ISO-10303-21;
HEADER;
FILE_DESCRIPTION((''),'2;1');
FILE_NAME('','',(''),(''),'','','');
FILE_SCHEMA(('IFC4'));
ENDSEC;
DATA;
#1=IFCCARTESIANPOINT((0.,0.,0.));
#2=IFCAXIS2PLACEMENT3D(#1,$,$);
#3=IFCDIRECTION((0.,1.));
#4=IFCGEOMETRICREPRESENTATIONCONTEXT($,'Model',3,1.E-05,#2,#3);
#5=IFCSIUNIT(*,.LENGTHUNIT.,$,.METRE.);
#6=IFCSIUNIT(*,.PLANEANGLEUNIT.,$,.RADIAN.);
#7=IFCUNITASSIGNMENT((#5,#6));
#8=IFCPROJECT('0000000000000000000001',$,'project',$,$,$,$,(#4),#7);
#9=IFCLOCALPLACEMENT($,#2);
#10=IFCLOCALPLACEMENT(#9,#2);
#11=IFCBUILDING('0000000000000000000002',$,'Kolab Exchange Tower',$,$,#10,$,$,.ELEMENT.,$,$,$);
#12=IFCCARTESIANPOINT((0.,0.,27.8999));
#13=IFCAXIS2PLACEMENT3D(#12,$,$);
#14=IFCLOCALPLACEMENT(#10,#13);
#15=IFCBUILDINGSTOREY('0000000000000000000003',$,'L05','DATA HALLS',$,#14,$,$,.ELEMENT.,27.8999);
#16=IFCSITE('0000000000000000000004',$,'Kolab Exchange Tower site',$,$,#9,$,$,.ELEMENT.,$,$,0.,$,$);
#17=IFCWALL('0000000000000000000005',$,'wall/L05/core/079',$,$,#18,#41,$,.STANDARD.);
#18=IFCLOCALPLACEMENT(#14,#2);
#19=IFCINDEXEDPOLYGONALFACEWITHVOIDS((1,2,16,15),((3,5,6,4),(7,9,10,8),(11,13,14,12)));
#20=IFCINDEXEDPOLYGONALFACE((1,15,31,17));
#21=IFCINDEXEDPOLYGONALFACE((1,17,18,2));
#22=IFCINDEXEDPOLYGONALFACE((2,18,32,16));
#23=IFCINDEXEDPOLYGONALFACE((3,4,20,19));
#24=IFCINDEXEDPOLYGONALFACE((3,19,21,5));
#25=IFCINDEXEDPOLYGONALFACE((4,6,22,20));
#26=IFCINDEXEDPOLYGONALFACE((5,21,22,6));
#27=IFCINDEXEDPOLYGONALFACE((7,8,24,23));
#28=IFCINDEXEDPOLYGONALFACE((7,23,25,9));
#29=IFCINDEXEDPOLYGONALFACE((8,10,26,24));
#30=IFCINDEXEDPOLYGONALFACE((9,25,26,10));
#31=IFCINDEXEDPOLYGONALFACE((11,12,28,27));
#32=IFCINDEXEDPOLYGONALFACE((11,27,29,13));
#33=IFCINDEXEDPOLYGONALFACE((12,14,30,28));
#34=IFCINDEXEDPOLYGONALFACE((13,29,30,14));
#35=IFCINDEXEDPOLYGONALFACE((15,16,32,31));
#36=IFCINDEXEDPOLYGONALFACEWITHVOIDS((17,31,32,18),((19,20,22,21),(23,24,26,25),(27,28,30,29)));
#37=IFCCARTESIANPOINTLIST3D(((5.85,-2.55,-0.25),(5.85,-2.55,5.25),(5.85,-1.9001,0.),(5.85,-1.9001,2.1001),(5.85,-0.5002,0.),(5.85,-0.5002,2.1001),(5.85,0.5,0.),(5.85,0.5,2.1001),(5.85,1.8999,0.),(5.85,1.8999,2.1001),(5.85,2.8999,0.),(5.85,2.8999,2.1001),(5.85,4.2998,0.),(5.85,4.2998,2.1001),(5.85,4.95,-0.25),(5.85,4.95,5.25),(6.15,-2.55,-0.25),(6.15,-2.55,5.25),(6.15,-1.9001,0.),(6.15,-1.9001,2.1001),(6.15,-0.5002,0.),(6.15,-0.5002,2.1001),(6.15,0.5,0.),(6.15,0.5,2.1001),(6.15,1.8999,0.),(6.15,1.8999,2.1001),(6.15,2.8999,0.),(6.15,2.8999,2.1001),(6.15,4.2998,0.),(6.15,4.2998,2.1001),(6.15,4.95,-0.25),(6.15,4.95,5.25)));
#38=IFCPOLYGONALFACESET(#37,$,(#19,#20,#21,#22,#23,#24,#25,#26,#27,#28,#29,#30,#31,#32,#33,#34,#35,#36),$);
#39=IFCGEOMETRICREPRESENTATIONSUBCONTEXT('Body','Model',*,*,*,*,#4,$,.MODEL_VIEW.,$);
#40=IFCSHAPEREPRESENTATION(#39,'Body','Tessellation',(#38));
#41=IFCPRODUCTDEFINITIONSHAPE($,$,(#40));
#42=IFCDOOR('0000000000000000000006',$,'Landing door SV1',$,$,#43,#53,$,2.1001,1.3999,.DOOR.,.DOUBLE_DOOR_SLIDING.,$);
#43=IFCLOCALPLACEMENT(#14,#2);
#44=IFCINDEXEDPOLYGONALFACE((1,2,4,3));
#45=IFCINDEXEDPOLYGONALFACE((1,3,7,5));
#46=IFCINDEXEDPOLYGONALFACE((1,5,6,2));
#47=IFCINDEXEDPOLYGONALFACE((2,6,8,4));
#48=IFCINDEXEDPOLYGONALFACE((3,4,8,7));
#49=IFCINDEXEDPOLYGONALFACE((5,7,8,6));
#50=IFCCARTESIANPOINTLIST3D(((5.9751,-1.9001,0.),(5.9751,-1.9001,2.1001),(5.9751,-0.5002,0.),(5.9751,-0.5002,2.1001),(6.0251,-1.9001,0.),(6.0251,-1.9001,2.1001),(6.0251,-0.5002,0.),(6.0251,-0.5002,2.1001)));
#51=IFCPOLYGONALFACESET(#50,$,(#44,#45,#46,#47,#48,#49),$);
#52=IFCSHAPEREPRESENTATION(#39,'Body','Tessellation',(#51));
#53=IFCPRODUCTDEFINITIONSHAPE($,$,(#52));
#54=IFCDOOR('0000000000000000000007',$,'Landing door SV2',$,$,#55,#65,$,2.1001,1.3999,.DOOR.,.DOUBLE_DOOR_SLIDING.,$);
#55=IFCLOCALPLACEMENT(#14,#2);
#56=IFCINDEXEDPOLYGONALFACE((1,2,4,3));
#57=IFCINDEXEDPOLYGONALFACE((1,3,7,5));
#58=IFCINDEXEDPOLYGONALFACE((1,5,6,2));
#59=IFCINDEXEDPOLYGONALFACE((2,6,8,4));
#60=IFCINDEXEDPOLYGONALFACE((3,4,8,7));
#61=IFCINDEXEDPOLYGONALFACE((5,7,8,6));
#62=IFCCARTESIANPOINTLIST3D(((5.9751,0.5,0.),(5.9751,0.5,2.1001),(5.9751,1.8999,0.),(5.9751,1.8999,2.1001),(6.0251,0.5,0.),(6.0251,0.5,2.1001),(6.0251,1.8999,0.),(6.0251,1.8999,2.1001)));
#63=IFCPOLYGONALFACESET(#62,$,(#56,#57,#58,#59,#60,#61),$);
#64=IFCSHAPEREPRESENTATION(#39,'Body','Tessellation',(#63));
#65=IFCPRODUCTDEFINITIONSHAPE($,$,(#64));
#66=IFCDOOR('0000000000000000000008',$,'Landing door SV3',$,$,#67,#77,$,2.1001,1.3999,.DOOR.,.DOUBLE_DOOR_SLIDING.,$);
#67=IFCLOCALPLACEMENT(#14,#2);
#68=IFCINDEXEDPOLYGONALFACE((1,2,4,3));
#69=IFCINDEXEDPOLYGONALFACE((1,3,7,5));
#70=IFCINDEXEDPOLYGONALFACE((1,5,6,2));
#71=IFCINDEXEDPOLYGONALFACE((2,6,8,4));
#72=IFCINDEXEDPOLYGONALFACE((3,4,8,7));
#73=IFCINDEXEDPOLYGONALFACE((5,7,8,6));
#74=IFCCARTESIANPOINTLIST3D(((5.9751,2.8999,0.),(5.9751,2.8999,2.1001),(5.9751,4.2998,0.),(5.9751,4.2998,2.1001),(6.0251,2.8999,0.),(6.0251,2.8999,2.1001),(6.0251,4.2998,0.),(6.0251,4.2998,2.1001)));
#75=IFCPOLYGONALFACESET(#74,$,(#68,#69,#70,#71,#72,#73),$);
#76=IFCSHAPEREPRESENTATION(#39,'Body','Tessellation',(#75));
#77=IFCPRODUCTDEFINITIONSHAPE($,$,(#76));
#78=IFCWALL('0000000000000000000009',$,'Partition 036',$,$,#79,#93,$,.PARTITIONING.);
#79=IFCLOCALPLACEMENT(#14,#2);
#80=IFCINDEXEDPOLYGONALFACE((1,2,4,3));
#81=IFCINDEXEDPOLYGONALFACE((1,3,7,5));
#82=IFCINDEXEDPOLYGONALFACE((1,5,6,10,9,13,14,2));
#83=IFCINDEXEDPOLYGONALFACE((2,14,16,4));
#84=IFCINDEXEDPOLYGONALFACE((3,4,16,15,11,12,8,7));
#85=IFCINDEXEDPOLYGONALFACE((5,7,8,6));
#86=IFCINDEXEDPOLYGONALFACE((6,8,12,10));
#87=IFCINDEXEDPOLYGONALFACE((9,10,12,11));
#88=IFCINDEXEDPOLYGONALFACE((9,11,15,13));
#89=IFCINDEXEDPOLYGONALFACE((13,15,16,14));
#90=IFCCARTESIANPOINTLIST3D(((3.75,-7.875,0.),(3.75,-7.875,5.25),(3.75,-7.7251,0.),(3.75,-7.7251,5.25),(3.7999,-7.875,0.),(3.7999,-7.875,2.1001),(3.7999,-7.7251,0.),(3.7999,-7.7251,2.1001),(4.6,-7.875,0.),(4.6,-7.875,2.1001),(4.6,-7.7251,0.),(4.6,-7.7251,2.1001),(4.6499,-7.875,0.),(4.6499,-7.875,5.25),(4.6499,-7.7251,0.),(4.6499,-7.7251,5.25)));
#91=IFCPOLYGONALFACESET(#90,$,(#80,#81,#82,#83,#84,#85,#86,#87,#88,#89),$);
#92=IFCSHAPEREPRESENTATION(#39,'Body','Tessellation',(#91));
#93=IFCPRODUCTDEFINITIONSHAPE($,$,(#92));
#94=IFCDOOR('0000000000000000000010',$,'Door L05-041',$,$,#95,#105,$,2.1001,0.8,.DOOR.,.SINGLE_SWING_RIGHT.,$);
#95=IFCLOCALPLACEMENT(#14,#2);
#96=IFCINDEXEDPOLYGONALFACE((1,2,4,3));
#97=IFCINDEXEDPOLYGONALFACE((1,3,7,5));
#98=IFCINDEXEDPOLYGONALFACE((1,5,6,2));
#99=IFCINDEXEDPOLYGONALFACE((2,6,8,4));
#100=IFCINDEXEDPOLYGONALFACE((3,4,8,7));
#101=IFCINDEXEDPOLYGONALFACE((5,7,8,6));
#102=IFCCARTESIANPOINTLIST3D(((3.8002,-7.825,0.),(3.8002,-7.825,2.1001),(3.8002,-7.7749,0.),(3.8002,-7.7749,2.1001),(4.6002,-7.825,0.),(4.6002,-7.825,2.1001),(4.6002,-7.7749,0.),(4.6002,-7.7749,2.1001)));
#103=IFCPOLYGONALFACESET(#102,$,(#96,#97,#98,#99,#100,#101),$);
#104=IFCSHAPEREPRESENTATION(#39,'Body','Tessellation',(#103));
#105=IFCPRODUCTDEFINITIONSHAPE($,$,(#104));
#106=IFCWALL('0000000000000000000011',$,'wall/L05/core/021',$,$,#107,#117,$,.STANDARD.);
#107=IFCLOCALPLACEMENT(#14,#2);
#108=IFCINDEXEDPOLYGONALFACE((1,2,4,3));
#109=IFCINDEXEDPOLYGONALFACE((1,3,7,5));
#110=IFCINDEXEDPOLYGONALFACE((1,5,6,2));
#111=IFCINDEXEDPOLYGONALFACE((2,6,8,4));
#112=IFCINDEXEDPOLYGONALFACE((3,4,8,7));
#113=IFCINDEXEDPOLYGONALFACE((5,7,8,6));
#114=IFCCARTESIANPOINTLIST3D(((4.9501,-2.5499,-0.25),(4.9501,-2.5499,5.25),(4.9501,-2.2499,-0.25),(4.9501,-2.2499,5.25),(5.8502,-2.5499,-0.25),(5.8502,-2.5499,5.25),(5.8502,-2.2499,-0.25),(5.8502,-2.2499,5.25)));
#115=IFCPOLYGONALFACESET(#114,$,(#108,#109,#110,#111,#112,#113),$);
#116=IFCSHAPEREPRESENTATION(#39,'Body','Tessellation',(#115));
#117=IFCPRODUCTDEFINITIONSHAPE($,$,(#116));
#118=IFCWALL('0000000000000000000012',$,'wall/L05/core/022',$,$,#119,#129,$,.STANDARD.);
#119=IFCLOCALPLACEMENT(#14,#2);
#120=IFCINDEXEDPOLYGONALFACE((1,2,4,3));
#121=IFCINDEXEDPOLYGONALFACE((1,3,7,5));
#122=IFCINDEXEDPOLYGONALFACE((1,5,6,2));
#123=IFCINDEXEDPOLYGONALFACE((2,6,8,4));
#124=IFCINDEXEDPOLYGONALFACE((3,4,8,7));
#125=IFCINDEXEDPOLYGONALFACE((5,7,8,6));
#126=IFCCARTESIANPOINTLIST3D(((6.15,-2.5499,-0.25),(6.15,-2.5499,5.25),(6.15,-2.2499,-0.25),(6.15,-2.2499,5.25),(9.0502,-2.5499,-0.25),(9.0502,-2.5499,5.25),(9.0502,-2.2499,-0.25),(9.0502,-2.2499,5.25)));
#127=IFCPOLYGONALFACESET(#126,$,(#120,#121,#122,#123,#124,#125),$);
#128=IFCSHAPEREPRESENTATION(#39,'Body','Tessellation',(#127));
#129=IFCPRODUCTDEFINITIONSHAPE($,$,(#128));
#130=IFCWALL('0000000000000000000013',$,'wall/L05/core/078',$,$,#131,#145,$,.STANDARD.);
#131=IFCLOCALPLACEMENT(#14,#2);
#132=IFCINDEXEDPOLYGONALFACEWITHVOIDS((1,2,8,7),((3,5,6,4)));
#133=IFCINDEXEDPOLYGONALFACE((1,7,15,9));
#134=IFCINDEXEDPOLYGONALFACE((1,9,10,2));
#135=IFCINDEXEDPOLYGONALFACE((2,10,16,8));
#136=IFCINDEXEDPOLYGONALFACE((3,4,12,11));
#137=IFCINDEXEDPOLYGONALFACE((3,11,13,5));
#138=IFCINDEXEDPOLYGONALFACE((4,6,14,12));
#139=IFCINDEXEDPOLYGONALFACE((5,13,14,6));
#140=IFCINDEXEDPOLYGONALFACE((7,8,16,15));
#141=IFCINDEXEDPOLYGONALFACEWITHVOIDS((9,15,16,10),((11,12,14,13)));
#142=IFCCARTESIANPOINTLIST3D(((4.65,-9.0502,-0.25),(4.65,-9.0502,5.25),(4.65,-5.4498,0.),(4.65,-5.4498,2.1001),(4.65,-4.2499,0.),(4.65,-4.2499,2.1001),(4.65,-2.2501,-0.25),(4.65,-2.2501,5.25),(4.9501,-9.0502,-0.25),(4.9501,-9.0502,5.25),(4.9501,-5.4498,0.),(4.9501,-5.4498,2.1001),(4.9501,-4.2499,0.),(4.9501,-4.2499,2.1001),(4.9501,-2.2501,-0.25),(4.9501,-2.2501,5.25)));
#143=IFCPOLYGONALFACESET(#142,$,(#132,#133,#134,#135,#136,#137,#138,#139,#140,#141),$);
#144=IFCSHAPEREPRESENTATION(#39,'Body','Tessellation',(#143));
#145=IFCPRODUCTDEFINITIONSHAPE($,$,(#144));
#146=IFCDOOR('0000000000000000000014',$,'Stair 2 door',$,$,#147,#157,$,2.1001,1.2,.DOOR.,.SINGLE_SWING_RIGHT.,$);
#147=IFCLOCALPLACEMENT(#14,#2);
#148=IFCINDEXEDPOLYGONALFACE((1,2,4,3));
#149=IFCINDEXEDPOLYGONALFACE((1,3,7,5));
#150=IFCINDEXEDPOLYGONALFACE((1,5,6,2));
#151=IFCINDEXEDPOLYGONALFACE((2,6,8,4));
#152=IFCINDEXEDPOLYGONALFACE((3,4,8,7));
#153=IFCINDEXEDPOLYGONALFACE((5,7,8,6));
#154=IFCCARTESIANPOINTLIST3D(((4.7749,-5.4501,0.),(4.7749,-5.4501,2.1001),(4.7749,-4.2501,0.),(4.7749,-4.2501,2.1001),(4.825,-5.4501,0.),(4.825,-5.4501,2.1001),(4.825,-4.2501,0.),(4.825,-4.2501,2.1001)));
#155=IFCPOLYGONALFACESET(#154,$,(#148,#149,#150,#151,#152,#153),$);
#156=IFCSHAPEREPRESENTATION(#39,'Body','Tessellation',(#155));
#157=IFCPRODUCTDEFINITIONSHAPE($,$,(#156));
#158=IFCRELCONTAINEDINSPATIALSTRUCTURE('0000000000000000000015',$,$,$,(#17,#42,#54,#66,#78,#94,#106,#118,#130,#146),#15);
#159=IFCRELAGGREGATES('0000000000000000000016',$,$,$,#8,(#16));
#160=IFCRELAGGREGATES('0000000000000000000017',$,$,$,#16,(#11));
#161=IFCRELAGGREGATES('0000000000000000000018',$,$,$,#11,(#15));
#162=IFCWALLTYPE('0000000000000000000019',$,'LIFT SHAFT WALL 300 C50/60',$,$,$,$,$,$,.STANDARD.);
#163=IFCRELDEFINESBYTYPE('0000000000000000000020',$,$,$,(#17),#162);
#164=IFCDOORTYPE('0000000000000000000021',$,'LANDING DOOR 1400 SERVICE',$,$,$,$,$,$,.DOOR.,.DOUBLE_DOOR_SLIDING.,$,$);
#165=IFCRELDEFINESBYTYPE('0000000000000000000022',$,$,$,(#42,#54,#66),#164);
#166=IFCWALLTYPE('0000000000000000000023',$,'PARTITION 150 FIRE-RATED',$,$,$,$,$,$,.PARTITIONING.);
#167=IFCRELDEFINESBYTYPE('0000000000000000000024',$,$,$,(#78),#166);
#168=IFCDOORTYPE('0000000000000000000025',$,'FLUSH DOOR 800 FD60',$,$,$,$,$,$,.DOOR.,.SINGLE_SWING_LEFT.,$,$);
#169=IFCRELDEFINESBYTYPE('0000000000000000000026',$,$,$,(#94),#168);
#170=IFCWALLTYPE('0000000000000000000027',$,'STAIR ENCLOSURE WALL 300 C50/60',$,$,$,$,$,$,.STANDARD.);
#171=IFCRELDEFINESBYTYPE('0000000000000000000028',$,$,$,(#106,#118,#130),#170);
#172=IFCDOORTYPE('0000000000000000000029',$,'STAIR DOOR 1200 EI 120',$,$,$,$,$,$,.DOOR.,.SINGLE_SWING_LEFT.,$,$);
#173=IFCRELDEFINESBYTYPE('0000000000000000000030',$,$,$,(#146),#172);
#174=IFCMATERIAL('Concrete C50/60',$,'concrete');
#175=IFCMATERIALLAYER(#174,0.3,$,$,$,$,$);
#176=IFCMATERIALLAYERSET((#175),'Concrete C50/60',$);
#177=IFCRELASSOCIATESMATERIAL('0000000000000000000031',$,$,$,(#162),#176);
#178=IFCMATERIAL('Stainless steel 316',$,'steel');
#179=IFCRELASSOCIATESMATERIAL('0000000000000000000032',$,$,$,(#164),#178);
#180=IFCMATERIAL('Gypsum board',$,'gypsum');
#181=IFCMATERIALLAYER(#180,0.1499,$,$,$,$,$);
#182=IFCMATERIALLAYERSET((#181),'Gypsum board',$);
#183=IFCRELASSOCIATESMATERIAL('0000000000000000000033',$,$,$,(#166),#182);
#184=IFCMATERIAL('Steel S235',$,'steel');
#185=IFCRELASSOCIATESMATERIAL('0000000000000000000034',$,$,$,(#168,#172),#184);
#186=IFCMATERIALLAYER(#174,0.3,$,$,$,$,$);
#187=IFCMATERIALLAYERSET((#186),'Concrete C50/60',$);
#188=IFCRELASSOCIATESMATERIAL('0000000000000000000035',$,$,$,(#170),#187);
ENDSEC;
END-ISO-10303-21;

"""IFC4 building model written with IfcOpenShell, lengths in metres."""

from ifc_helpers import new_model, si_unit, direction, frame, frame_2d, origin, place, context, subcontext, project, spatial, rectangle, extrude, material, layer, layer_set, type_object, element, fill, save


model = new_model("IFC4")

# Units and contexts
model_context = context("Model", 3, precision=1e-05, world=origin(), true_north=direction((0.0, 1.0)))
body_context = subcontext(model_context, "Body", "Model", "MODEL_VIEW")
ifc_project = project(units=[si_unit("LENGTHUNIT", "METRE"), si_unit("PLANEANGLEUNIT", "RADIAN")], contexts=[model_context])

# Site, building, storey
site_placement = place(None, origin())
site = spatial("IfcSite", under=ifc_project, at=site_placement, Name="Kolab Exchange Tower site", CompositionType="ELEMENT", RefElevation=0.0)
building_placement = place(site_placement, origin())
building = spatial("IfcBuilding", under=site, at=building_placement, Name="Kolab Exchange Tower", CompositionType="ELEMENT")
storey_placement = place(building_placement, frame((0.0, 0.0, 27.8999)))
storey = spatial("IfcBuildingStorey", under=building, at=storey_placement, Name="L05", Description="DATA HALLS", CompositionType="ELEMENT", Elevation=27.8999)

# Shared definitions
ifc_material_1 = material(Name="Concrete C50/60", Category="concrete")

# Shared definitions
ifc_layer_1 = layer(ifc_material_1, 0.3)
ifc_layer_set_1 = layer_set([ifc_layer_1], Name="Concrete C50/60")
wall_type_1 = type_object("IfcWallType", Name="LIFT SHAFT WALL 300 C50/60", PredefinedType="STANDARD", material=ifc_layer_set_1)

# Shared definitions
ifc_material_2 = material(Name="Steel S235", Category="steel")

# Wall, openings, doors
wall_1_placement = place(storey_placement, frame((6.0, -2.55, -0.25), z_axis=(0.0, 0.0, 1.0), x_axis=(0.0, 1.0, 0.0)))
wall_1 = element("IfcWall", 1, at=wall_1_placement, inside=storey, type_object=wall_type_1, Name="wall/L05/core/079", PredefinedType="STANDARD", context=body_context, shape_type="SweptSolid", body=[
    extrude(rectangle(XDim=7.5, YDim=0.3, at=frame_2d((3.75, 0.0))), origin(), (0.0, 0.0, 1.0), 5.5),
])
opening_1_placement = place(wall_1_placement, frame((0.6499, 0.0, 0.25)))
opening_1 = element("IfcOpeningElement", 2, at=opening_1_placement, cuts=wall_1, PredefinedType="OPENING", context=body_context, shape_type="SweptSolid", body=[
    extrude(rectangle(XDim=1.3999, YDim=2.1001, at=frame_2d((0.7, 1.05))), frame((0.0, 0.1602, 0.0), z_axis=(0.0, -1.0, 0.0), x_axis=(1.0, 0.0, 0.0)), (0.0, 0.0, 1.0), 0.3201),
])
opening_2_placement = place(wall_1_placement, frame((3.05, 0.0, 0.25)))
opening_2 = element("IfcOpeningElement", 3, at=opening_2_placement, cuts=wall_1, PredefinedType="OPENING", context=body_context, shape_type="SweptSolid", body=[
    extrude(rectangle(XDim=1.3999, YDim=2.1001, at=frame_2d((0.7, 1.05))), frame((0.0, 0.1602, 0.0), z_axis=(0.0, -1.0, 0.0), x_axis=(1.0, 0.0, 0.0)), (0.0, 0.0, 1.0), 0.3201),
])
opening_3_placement = place(wall_1_placement, frame((5.45, 0.0, 0.25)))
opening_3 = element("IfcOpeningElement", 4, at=opening_3_placement, cuts=wall_1, PredefinedType="OPENING", context=body_context, shape_type="SweptSolid", body=[
    extrude(rectangle(XDim=1.3999, YDim=2.1001, at=frame_2d((0.7, 1.05))), frame((0.0, 0.1602, 0.0), z_axis=(0.0, -1.0, 0.0), x_axis=(1.0, 0.0, 0.0)), (0.0, 0.0, 1.0), 0.3201),
])
ifc_material_3 = material(Name="Stainless steel 316", Category="steel")
door_type_1 = type_object("IfcDoorType", Name="LANDING DOOR 1400 SERVICE", OperationType="DOUBLE_DOOR_SLIDING", PredefinedType="DOOR", material=ifc_material_3)
door_1_placement = place(opening_1_placement, origin())
door_1 = element("IfcDoor", 5, at=door_1_placement, inside=storey, type_object=door_type_1, Name="Landing door SV1", OperationType="DOUBLE_DOOR_SLIDING", OverallHeight=2.1001, OverallWidth=1.3999, PredefinedType="DOOR", context=body_context, shape_type="SweptSolid", body=[
    extrude(rectangle(XDim=1.3999, YDim=2.1001, at=frame_2d((0.7, 1.05))), frame((0.0, 0.0249, 0.0), z_axis=(0.0, -1.0, 0.0), x_axis=(1.0, 0.0, 0.0)), (0.0, 0.0, 1.0), 0.05),
])
fill(opening_1, door_1)
door_2_placement = place(opening_2_placement, origin())
door_2 = element("IfcDoor", 6, at=door_2_placement, inside=storey, type_object=door_type_1, Name="Landing door SV2", OperationType="DOUBLE_DOOR_SLIDING", OverallHeight=2.1001, OverallWidth=1.3999, PredefinedType="DOOR", context=body_context, shape_type="SweptSolid", body=[
    extrude(rectangle(XDim=1.3999, YDim=2.1001, at=frame_2d((0.7, 1.05))), frame((0.0, 0.0249, 0.0), z_axis=(0.0, -1.0, 0.0), x_axis=(1.0, 0.0, 0.0)), (0.0, 0.0, 1.0), 0.05),
])
fill(opening_2, door_2)
door_3_placement = place(opening_3_placement, origin())
door_3 = element("IfcDoor", 7, at=door_3_placement, inside=storey, type_object=door_type_1, Name="Landing door SV3", OperationType="DOUBLE_DOOR_SLIDING", OverallHeight=2.1001, OverallWidth=1.3999, PredefinedType="DOOR", context=body_context, shape_type="SweptSolid", body=[
    extrude(rectangle(XDim=1.3999, YDim=2.1001, at=frame_2d((0.7, 1.05))), frame((0.0, 0.0249, 0.0), z_axis=(0.0, -1.0, 0.0), x_axis=(1.0, 0.0, 0.0)), (0.0, 0.0, 1.0), 0.05),
])
fill(opening_3, door_3)

# Wall, opening, door
ifc_material_4 = material(Name="Gypsum board", Category="gypsum")
ifc_layer_2 = layer(ifc_material_4, 0.1499)
ifc_layer_set_2 = layer_set([ifc_layer_2], Name="Gypsum board")
wall_type_2 = type_object("IfcWallType", Name="PARTITION 150 FIRE-RATED", PredefinedType="PARTITIONING", material=ifc_layer_set_2)
wall_2_placement = place(storey_placement, frame((3.75, -7.8, 0.0), z_axis=(0.0, 0.0, 1.0), x_axis=(1.0, 0.0, 0.0)))
wall_2 = element("IfcWall", 8, at=wall_2_placement, inside=storey, type_object=wall_type_2, Name="Partition 036", PredefinedType="PARTITIONING", context=body_context, shape_type="SweptSolid", body=[
    extrude(rectangle(XDim=0.8999, YDim=0.1499, at=frame_2d((0.45, 0.0))), origin(), (0.0, 0.0, 1.0), 5.25),
])
opening_4_placement = place(wall_2_placement, frame((0.05, 0.0, 0.0)))
opening_4 = element("IfcOpeningElement", 9, at=opening_4_placement, cuts=wall_2, PredefinedType="OPENING", context=body_context, shape_type="SweptSolid", body=[
    extrude(rectangle(XDim=0.8, YDim=2.1001, at=frame_2d((0.3999, 1.05))), frame((0.0, 0.085, 0.0), z_axis=(0.0, -1.0, 0.0), x_axis=(1.0, 0.0, 0.0)), (0.0, 0.0, 1.0), 0.1699),
])
door_type_2 = type_object("IfcDoorType", Name="FLUSH DOOR 800 FD60", OperationType="SINGLE_SWING_LEFT", PredefinedType="DOOR", material=ifc_material_2)
door_4_placement = place(opening_4_placement, frame((0.8, 0.0, 0.0), z_axis=(0.0, 0.0, 1.0), x_axis=(-1.0, 0.0, 0.0)))
door_4 = element("IfcDoor", 10, at=door_4_placement, inside=storey, type_object=door_type_2, Name="Door L05-041", OperationType="SINGLE_SWING_RIGHT", OverallHeight=2.1001, OverallWidth=0.8, PredefinedType="DOOR", context=body_context, shape_type="SweptSolid", body=[
    extrude(rectangle(XDim=0.8, YDim=2.1001, at=frame_2d((0.3999, 1.05))), frame((0.0, 0.0249, 0.0), z_axis=(0.0, -1.0, 0.0), x_axis=(1.0, 0.0, 0.0)), (0.0, 0.0, 1.0), 0.05),
])
fill(opening_4, door_4)

# Walls
ifc_layer_3 = layer(ifc_material_1, 0.3)
ifc_layer_set_3 = layer_set([ifc_layer_3], Name="Concrete C50/60")
wall_type_3 = type_object("IfcWallType", Name="STAIR ENCLOSURE WALL 300 C50/60", PredefinedType="STANDARD", material=ifc_layer_set_3)
wall_3_placement = place(storey_placement, frame((4.95, -2.3999, -0.25), z_axis=(0.0, 0.0, 1.0), x_axis=(1.0, 0.0, 0.0)))
element("IfcWall", 11, at=wall_3_placement, inside=storey, type_object=wall_type_3, Name="wall/L05/core/021", PredefinedType="STANDARD", context=body_context, shape_type="SweptSolid", body=[
    extrude(rectangle(XDim=0.9001, YDim=0.3, at=frame_2d((0.4502, 0.0))), origin(), (0.0, 0.0, 1.0), 5.5),
])
wall_4_placement = place(storey_placement, frame((6.1499, -2.3999, -0.25), z_axis=(0.0, 0.0, 1.0), x_axis=(1.0, 0.0, 0.0)))
element("IfcWall", 12, at=wall_4_placement, inside=storey, type_object=wall_type_3, Name="wall/L05/core/022", PredefinedType="STANDARD", context=body_context, shape_type="SweptSolid", body=[
    extrude(rectangle(XDim=2.9001, YDim=0.3, at=frame_2d((1.4502, 0.0))), origin(), (0.0, 0.0, 1.0), 5.5),
])

# Wall, opening, door
wall_5_placement = place(storey_placement, frame((4.8, -9.05, -0.25), z_axis=(0.0, 0.0, 1.0), x_axis=(0.0, 1.0, 0.0)))
wall_5 = element("IfcWall", 13, at=wall_5_placement, inside=storey, type_object=wall_type_3, Name="wall/L05/core/078", PredefinedType="STANDARD", context=body_context, shape_type="SweptSolid", body=[
    extrude(rectangle(XDim=6.8, YDim=0.3, at=frame_2d((3.3999, 0.0))), origin(), (0.0, 0.0, 1.0), 5.5),
])
opening_5_placement = place(wall_5_placement, frame((3.6001, 0.0, 0.25)))
opening_5 = element("IfcOpeningElement", 14, at=opening_5_placement, cuts=wall_5, PredefinedType="OPENING", context=body_context, shape_type="SweptSolid", body=[
    extrude(rectangle(XDim=1.2, YDim=2.1001, at=frame_2d((0.6001, 1.05))), frame((0.0, 0.1602, 0.0), z_axis=(0.0, -1.0, 0.0), x_axis=(1.0, 0.0, 0.0)), (0.0, 0.0, 1.0), 0.3201),
])
door_type_3 = type_object("IfcDoorType", Name="STAIR DOOR 1200 EI 120", OperationType="SINGLE_SWING_LEFT", PredefinedType="DOOR", material=ifc_material_2)
door_5_placement = place(opening_5_placement, frame((1.2, 0.0, 0.0), z_axis=(0.0, 0.0, 1.0), x_axis=(-1.0, 0.0, 0.0)))
door_5 = element("IfcDoor", 15, at=door_5_placement, inside=storey, type_object=door_type_3, Name="Stair 2 door", OperationType="SINGLE_SWING_RIGHT", OverallHeight=2.1001, OverallWidth=1.2, PredefinedType="DOOR", context=body_context, shape_type="SweptSolid", body=[
    extrude(rectangle(XDim=1.2, YDim=2.1001, at=frame_2d((0.6001, 1.05))), frame((0.0, 0.0249, 0.0), z_axis=(0.0, -1.0, 0.0), x_axis=(1.0, 0.0, 0.0)), (0.0, 0.0, 1.0), 0.05),
])
fill(opening_5, door_5)

save(model, "model.ifc")
